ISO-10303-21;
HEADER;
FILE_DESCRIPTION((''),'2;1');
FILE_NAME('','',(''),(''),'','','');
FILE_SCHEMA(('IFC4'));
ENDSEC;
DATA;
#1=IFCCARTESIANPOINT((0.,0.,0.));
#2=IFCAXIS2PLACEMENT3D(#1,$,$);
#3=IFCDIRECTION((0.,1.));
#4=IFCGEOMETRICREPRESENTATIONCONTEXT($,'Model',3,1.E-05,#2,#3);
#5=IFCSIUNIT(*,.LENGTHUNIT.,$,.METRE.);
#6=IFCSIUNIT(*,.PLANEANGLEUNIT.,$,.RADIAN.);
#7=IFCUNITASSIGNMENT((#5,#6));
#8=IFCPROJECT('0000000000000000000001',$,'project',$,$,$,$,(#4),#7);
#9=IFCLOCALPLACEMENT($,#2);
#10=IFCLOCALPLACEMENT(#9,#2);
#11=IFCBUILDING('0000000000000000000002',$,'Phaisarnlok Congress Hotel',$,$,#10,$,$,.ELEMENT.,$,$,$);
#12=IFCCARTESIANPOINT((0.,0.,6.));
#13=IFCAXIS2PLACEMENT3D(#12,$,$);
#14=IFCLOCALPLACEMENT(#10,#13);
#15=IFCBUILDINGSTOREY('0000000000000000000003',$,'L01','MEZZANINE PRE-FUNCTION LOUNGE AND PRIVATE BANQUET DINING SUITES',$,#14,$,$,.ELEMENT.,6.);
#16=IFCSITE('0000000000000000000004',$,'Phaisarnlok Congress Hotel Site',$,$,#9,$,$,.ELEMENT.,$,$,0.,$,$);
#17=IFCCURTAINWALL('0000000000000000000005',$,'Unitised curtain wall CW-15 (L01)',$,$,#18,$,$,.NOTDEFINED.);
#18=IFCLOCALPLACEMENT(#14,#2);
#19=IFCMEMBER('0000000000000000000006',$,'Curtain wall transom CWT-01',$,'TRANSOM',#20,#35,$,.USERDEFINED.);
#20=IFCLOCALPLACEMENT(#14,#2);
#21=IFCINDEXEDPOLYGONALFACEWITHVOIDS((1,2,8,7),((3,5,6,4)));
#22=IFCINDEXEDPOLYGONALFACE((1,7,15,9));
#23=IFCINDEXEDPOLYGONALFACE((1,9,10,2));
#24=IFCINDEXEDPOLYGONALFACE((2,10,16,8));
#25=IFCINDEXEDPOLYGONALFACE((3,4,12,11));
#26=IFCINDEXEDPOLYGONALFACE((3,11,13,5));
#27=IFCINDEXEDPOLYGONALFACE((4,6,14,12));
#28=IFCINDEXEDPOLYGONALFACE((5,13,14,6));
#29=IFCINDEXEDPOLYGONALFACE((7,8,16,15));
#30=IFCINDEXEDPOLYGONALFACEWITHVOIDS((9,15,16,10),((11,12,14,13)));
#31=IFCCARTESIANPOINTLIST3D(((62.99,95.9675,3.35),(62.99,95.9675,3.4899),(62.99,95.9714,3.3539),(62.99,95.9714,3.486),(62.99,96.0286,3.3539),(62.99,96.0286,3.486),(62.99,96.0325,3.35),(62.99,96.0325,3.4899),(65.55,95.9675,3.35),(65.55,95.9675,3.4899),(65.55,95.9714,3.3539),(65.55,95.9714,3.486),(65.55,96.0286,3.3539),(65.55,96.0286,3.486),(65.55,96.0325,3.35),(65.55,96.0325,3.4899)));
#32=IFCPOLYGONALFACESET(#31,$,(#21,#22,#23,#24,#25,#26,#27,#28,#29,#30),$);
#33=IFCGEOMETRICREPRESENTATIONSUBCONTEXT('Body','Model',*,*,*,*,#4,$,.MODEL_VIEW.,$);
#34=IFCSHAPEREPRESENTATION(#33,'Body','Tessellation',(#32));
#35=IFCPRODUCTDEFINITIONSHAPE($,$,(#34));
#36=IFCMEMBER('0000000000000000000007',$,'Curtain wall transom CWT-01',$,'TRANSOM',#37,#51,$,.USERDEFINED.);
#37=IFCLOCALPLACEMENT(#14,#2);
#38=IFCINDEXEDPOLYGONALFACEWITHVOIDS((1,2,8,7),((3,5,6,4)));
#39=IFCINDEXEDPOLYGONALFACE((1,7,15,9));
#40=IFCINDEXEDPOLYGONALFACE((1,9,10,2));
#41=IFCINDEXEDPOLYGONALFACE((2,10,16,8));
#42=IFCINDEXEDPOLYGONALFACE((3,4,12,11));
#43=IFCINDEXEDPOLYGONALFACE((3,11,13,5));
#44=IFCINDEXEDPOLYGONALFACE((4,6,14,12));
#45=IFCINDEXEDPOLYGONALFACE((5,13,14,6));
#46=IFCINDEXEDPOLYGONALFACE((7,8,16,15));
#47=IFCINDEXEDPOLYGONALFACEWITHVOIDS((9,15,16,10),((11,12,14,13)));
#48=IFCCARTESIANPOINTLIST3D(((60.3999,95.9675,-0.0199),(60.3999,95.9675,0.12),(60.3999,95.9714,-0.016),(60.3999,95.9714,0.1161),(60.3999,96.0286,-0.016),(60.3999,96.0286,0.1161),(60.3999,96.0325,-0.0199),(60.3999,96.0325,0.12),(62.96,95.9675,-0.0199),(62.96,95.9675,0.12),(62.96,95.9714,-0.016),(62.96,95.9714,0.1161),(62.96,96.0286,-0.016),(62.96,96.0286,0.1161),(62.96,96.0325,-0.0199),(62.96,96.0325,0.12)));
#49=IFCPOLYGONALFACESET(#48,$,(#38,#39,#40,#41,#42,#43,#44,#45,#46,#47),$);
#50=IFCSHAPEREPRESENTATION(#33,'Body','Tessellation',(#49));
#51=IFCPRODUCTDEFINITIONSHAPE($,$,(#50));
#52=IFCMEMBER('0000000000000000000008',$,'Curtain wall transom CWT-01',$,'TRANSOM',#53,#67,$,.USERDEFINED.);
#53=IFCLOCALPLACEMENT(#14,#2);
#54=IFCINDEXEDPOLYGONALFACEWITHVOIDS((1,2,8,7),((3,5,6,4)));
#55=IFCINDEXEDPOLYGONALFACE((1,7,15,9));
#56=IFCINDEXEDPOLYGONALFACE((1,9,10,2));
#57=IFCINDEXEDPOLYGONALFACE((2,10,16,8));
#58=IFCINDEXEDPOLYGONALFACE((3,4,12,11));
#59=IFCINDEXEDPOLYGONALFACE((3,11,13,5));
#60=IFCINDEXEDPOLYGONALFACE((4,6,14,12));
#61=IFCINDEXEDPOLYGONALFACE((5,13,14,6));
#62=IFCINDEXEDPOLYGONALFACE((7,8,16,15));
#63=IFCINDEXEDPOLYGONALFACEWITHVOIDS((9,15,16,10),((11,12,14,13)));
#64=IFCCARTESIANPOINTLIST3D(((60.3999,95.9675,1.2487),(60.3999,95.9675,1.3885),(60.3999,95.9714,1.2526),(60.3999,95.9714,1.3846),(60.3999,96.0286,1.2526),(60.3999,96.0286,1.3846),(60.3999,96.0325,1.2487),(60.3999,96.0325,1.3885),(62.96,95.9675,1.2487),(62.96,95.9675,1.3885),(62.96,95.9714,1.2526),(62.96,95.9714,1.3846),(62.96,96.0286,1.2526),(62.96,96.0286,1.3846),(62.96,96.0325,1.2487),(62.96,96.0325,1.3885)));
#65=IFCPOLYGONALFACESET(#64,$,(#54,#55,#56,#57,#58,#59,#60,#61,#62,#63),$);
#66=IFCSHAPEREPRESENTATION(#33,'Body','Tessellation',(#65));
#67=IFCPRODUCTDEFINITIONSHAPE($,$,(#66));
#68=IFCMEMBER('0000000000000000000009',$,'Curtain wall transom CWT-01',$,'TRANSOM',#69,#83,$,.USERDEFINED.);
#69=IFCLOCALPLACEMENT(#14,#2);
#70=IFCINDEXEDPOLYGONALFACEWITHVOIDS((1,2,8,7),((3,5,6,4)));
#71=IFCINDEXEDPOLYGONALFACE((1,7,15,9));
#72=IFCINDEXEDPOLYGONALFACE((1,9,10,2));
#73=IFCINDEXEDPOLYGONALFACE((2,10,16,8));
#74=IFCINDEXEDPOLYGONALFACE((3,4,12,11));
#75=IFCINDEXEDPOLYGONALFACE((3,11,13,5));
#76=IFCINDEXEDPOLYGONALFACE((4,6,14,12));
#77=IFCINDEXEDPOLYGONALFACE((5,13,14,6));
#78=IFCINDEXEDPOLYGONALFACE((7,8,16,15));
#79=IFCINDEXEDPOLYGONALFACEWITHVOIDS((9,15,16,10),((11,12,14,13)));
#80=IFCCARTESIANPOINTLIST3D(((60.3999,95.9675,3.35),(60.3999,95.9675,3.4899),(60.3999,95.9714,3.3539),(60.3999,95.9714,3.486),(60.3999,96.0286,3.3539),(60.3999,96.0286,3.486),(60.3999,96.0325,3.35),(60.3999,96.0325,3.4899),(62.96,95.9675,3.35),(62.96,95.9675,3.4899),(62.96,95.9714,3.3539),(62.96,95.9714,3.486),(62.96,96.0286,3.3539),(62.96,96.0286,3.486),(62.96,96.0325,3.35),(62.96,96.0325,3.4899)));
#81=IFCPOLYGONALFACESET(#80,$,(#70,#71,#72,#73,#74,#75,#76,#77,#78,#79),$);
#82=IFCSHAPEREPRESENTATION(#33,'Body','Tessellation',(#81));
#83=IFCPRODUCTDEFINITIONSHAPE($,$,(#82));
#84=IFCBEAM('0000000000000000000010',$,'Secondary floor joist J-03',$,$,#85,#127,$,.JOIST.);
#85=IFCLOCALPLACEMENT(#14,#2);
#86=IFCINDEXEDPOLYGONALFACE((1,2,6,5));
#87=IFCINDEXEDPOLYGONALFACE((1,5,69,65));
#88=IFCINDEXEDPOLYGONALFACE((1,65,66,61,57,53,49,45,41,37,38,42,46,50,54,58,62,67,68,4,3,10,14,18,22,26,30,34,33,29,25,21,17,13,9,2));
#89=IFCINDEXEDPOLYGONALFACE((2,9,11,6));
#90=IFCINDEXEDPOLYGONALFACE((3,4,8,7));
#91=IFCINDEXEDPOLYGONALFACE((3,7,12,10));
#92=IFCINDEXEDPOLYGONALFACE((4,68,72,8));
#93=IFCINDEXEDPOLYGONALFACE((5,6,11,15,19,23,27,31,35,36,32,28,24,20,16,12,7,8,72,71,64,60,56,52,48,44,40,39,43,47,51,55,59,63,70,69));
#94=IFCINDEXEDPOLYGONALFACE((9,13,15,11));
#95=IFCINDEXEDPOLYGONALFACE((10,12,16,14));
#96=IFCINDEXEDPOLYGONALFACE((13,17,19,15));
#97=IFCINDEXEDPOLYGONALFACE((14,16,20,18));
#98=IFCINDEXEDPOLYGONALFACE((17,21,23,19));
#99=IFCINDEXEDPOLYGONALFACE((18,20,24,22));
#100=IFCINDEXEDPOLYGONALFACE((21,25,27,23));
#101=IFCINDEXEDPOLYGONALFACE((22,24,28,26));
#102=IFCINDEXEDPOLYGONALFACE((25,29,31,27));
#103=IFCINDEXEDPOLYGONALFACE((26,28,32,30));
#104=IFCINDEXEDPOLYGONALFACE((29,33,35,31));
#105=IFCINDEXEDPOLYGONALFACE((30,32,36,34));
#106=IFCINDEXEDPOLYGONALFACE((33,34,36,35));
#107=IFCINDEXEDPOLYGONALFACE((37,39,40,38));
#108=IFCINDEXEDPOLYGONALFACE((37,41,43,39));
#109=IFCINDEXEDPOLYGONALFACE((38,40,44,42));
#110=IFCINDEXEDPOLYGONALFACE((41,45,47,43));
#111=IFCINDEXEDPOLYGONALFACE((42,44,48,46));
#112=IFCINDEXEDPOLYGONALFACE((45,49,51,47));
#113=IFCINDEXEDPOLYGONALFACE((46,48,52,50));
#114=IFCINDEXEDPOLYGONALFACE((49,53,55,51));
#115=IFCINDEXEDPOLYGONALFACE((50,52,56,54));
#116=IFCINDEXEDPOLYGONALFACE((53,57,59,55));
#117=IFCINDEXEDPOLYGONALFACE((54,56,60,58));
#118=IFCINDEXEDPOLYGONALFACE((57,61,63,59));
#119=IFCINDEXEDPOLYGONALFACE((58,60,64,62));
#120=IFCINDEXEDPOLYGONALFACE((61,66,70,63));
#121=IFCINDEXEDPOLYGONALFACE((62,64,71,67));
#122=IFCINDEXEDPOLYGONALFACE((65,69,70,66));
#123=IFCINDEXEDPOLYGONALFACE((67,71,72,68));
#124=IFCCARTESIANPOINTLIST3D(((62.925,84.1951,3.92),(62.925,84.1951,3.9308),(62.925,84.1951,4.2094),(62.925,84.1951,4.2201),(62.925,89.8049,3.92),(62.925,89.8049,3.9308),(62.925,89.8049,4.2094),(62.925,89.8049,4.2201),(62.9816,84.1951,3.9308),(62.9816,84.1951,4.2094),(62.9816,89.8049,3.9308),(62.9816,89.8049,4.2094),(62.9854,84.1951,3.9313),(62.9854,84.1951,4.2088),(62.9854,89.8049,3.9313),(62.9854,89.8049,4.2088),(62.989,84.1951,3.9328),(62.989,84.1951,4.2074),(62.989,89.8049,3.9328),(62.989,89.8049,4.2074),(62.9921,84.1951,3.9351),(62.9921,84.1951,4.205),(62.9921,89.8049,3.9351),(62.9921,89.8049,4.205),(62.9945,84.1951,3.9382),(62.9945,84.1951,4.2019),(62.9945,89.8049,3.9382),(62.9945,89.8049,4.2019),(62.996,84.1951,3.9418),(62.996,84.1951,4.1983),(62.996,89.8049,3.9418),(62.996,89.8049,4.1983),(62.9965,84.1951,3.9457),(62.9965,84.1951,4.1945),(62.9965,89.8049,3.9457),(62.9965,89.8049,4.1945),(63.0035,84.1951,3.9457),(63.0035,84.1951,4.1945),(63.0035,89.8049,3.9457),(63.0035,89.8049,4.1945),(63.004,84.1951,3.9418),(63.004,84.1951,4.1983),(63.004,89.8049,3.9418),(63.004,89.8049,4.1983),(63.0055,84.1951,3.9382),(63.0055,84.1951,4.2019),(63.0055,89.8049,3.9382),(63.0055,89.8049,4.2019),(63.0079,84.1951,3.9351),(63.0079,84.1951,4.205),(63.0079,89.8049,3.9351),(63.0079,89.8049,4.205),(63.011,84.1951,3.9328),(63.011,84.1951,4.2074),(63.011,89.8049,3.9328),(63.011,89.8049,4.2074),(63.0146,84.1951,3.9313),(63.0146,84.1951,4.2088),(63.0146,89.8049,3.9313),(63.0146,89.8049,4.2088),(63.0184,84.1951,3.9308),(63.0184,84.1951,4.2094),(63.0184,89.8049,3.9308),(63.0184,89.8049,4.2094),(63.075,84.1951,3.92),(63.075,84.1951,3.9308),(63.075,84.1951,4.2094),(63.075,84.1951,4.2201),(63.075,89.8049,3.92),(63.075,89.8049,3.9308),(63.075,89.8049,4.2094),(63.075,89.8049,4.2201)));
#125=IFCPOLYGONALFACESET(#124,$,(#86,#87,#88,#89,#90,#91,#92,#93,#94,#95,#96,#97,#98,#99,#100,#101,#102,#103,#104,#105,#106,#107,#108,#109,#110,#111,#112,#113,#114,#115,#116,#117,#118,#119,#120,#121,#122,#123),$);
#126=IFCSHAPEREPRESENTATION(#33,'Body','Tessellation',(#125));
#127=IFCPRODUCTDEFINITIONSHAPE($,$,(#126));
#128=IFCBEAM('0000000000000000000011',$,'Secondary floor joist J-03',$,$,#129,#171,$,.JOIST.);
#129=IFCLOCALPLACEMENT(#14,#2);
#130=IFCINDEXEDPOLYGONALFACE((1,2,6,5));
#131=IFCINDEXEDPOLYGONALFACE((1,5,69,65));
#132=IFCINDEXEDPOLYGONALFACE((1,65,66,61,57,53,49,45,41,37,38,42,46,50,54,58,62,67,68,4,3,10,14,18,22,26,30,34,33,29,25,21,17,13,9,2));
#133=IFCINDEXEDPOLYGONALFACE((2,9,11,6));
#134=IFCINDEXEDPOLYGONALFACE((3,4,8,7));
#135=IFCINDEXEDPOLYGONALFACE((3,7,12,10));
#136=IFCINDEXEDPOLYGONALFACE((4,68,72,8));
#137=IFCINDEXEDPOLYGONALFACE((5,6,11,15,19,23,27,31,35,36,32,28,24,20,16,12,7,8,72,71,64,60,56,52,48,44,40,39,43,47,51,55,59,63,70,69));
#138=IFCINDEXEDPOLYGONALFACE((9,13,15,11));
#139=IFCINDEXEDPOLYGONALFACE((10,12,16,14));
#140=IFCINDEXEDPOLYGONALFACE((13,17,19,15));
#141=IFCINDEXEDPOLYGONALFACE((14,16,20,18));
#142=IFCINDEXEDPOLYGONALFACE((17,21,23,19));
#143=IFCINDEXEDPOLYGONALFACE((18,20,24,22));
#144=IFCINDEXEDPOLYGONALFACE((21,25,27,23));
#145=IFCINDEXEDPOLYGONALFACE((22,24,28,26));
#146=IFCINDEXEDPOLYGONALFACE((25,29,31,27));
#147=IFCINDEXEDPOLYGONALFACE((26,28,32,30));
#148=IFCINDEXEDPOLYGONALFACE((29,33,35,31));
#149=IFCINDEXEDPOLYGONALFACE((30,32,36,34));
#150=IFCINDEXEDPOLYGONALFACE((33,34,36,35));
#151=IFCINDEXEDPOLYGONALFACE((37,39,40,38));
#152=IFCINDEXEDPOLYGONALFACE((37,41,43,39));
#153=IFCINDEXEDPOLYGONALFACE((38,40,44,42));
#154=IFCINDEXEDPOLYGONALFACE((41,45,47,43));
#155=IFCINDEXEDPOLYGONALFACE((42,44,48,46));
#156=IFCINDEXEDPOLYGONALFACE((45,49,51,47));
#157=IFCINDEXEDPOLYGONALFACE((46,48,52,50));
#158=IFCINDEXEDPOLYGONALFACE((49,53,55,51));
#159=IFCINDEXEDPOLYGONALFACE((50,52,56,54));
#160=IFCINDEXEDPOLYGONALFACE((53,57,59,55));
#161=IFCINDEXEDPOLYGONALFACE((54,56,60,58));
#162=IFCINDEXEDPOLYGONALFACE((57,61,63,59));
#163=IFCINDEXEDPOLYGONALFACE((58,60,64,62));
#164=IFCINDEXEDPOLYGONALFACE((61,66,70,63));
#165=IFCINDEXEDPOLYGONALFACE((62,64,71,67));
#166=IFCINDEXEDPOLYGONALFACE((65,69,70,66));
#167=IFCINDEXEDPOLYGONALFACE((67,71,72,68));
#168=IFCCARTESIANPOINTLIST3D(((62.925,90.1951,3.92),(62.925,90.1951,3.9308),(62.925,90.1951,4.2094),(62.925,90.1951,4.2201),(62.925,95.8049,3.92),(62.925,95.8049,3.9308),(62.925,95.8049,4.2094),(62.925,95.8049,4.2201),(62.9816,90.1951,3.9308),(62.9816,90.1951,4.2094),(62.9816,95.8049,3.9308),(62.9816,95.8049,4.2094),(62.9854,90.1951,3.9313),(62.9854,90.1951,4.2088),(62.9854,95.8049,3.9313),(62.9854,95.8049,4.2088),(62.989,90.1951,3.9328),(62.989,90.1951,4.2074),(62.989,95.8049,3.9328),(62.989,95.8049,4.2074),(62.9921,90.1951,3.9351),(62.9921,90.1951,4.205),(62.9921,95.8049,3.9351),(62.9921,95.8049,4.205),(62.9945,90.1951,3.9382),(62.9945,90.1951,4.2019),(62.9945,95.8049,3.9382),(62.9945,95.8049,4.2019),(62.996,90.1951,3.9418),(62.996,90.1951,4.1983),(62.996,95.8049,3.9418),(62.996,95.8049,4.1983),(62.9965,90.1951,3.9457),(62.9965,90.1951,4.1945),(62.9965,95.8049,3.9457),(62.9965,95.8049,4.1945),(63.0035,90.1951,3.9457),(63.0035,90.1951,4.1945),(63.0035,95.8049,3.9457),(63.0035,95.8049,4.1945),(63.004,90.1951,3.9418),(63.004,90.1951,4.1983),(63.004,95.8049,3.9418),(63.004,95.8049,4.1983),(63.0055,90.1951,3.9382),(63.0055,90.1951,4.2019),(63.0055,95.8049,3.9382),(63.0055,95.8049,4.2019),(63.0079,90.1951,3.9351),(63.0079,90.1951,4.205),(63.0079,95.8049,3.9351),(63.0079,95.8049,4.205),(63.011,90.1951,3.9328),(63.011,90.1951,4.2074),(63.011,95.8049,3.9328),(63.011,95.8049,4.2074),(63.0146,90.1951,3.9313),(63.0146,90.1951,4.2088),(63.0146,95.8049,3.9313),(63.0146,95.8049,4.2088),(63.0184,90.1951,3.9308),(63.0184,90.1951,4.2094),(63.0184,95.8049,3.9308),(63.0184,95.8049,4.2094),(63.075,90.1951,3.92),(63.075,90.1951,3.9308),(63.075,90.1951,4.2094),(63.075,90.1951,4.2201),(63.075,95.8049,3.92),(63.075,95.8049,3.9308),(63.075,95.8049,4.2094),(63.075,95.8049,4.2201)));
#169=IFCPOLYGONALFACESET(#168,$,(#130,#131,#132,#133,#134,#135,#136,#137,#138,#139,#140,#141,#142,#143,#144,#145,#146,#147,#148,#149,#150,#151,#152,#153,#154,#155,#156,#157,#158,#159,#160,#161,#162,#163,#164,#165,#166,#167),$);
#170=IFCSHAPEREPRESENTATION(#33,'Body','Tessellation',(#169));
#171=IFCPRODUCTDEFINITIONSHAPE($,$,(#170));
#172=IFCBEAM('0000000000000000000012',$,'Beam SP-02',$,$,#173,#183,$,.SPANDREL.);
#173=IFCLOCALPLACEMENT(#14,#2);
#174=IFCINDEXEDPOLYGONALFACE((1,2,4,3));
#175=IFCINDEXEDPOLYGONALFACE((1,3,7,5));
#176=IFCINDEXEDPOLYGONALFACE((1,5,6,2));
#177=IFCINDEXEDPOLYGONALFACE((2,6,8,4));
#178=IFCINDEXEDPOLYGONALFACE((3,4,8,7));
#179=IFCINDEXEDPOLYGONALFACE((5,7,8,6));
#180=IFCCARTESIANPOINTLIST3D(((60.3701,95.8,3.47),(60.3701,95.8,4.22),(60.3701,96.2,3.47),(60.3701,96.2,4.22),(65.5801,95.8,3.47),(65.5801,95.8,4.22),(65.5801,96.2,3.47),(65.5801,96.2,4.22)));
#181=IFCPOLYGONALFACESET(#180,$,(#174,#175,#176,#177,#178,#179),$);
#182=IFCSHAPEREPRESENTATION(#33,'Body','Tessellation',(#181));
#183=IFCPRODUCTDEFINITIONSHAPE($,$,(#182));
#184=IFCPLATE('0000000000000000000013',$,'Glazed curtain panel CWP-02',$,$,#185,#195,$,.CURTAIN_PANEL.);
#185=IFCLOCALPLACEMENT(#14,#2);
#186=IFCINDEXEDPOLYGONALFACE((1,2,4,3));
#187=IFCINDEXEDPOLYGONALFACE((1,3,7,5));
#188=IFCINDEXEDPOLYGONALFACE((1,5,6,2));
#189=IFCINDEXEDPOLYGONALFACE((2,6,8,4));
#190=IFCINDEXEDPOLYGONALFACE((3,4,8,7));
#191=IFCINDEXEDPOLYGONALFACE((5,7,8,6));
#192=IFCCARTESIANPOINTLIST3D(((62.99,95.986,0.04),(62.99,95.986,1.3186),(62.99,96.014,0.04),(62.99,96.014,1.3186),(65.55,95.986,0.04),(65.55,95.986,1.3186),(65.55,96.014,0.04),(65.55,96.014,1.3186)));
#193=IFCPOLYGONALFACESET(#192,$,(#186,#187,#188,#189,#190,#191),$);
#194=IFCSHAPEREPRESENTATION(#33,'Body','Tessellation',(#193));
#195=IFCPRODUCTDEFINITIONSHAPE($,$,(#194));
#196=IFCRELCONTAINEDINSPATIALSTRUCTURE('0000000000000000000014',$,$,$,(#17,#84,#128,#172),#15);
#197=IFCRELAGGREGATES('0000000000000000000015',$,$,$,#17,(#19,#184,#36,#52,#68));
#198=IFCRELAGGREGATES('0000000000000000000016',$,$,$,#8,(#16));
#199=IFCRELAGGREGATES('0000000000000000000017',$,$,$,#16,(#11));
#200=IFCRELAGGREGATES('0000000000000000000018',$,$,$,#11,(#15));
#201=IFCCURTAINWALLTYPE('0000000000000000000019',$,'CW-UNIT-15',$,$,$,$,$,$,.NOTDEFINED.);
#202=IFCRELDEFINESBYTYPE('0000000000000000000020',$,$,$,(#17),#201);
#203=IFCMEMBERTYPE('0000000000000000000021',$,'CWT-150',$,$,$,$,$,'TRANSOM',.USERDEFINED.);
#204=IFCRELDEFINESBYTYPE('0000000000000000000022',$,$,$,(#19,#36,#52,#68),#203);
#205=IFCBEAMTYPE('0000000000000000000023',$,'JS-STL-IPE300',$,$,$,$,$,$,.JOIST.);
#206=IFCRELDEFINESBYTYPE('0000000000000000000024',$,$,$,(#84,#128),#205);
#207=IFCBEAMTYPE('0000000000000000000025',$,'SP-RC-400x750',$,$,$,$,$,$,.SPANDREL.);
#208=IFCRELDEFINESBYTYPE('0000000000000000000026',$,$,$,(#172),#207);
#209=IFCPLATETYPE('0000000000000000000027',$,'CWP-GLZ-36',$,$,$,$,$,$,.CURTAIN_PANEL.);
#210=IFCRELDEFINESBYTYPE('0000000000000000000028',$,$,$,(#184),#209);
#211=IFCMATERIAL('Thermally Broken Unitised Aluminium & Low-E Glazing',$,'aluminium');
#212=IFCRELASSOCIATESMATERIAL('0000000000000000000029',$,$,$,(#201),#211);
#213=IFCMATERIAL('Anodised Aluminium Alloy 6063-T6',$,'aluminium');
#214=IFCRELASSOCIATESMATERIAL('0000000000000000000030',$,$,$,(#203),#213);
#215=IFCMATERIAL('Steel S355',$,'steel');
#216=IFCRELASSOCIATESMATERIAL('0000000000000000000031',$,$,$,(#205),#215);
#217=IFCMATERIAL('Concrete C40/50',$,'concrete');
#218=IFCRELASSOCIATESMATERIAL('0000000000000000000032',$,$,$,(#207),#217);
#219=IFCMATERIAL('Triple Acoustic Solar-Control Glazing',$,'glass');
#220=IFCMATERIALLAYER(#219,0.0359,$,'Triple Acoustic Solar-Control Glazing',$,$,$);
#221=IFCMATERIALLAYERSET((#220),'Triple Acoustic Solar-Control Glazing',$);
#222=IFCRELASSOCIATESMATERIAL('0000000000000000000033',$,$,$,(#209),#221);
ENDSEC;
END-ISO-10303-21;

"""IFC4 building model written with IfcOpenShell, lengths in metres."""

from ifc_helpers import new_model, si_unit, direction, frame, frame_2d, origin, origin_2d, place, context, subcontext, project, spatial, rectangle, hollow_rectangle, i_section, extrude, material, layer, layer_set, material_profile, profile_set, type_object, element, aggregate, save


model = new_model("IFC4")

# Units and contexts
model_context = context("Model", 3, precision=1e-05, world=origin(), true_north=direction((0.0, 1.0)))
body_context = subcontext(model_context, "Body", "Model", "MODEL_VIEW")
ifc_project = project(units=[si_unit("LENGTHUNIT", "METRE"), si_unit("PLANEANGLEUNIT", "RADIAN")], contexts=[model_context])

# Site, building, storey
site_placement = place(None, origin())
site = spatial("IfcSite", under=ifc_project, at=site_placement, Name="Phaisarnlok Congress Hotel Site", CompositionType="ELEMENT", RefElevation=0.0)
building_placement = place(site_placement, origin())
building = spatial("IfcBuilding", under=site, at=building_placement, Name="Phaisarnlok Congress Hotel", CompositionType="ELEMENT")
storey_placement = place(building_placement, frame((0.0, 0.0, 6.0)))
storey = spatial("IfcBuildingStorey", under=building, at=storey_placement, Name="L01", Description="MEZZANINE PRE-FUNCTION LOUNGE AND PRIVATE BANQUET DINING SUITES", CompositionType="ELEMENT", Elevation=6.0)

# Shared definitions
ifc_material_1 = material(Name="Concrete C40/50", Category="concrete")

# Curtain wall, members
ifc_material_2 = material(Name="Thermally Broken Unitised Aluminium & Low-E Glazing", Category="aluminium")
curtain_wall_type = type_object("IfcCurtainWallType", Name="CW-UNIT-15", PredefinedType="NOTDEFINED", material=ifc_material_2)
curtain_wall_placement = place(storey_placement, origin())
curtain_wall = element("IfcCurtainWall", 1, at=curtain_wall_placement, inside=storey, type_object=curtain_wall_type, Name="Unitised curtain wall CW-15 (L01)", PredefinedType="NOTDEFINED")
ifc_material_3 = material(Name="Anodised Aluminium Alloy 6063-T6", Category="aluminium")
ifc_material_profile_1 = material_profile(ifc_material_3, hollow_rectangle(XDim=0.0649, YDim=0.1399, WallThickness=0.0039, at=origin_2d()), Name="ALU-T 65x140x4")
ifc_profile_set_1 = profile_set([ifc_material_profile_1], Name="Anodised Aluminium Alloy 6063-T6")
member_type_1 = type_object("IfcMemberType", Name="CWT-150", ElementType="TRANSOM", PredefinedType="USERDEFINED", material=ifc_profile_set_1)
member_1_placement = place(storey_placement, frame((65.55, 96.0, 3.4199), z_axis=(-1.0, 0.0, 0.0), x_axis=(0.0, -1.0, 0.0)))
member_1 = element("IfcMember", 2, at=member_1_placement, type_object=member_type_1, Name="Curtain wall transom CWT-01", ObjectType="TRANSOM", PredefinedType="USERDEFINED", context=body_context, shape_type="SweptSolid", body=[
    extrude(hollow_rectangle(XDim=0.0649, YDim=0.1399, WallThickness=0.0039, at=origin_2d()), origin(), (0.0, 0.0, 1.0), 2.5601),
])
member_2_placement = place(storey_placement, frame((62.96, 96.0, 0.05), z_axis=(-1.0, 0.0, 0.0), x_axis=(0.0, -1.0, 0.0)))
member_2 = element("IfcMember", 3, at=member_2_placement, type_object=member_type_1, Name="Curtain wall transom CWT-01", ObjectType="TRANSOM", PredefinedType="USERDEFINED", context=body_context, shape_type="SweptSolid", body=[
    extrude(hollow_rectangle(XDim=0.0649, YDim=0.1399, WallThickness=0.0039, at=origin_2d()), origin(), (0.0, 0.0, 1.0), 2.5601),
])
member_3_placement = place(storey_placement, frame((62.96, 96.0, 1.3186), z_axis=(-1.0, 0.0, 0.0), x_axis=(0.0, -1.0, 0.0)))
member_3 = element("IfcMember", 4, at=member_3_placement, type_object=member_type_1, Name="Curtain wall transom CWT-01", ObjectType="TRANSOM", PredefinedType="USERDEFINED", context=body_context, shape_type="SweptSolid", body=[
    extrude(hollow_rectangle(XDim=0.0649, YDim=0.1399, WallThickness=0.0039, at=origin_2d()), origin(), (0.0, 0.0, 1.0), 2.5601),
])
member_4_placement = place(storey_placement, frame((62.96, 96.0, 3.4199), z_axis=(-1.0, 0.0, 0.0), x_axis=(0.0, -1.0, 0.0)))
member_4 = element("IfcMember", 5, at=member_4_placement, type_object=member_type_1, Name="Curtain wall transom CWT-01", ObjectType="TRANSOM", PredefinedType="USERDEFINED", context=body_context, shape_type="SweptSolid", body=[
    extrude(hollow_rectangle(XDim=0.0649, YDim=0.1399, WallThickness=0.0039, at=origin_2d()), origin(), (0.0, 0.0, 1.0), 2.5601),
])

# Beams
ifc_material_4 = material(Name="Steel S355", Category="steel")
ifc_material_profile_2 = material_profile(ifc_material_4, i_section(OverallWidth=0.1499, OverallDepth=0.3, WebThickness=0.0071, FlangeThickness=0.0107, FilletRadius=0.0149, at=origin_2d()), Name="IPE 300")
ifc_profile_set_2 = profile_set([ifc_material_profile_2], Name="Steel S355")
beam_type_1 = type_object("IfcBeamType", Name="JS-STL-IPE300", PredefinedType="JOIST", material=ifc_profile_set_2)
for number, where, z_axis, x_axis, name in (
    (6, (63.0, 84.1951, 4.0701), (0.0, 1.0, 0.0), (-1.0, 0.0, 0.0), "Secondary floor joist J-03"),
    (7, (63.0, 90.1951, 4.0701), (0.0, 1.0, 0.0), (-1.0, 0.0, 0.0), "Secondary floor joist J-03"),
):
    element("IfcBeam", number, at=place(storey_placement, frame(where, z_axis=z_axis, x_axis=x_axis)), inside=storey, type_object=beam_type_1, Name=name, PredefinedType="JOIST", context=body_context, shape_type="SweptSolid", body=[
        extrude(i_section(OverallWidth=0.1499, OverallDepth=0.3, WebThickness=0.0071, FlangeThickness=0.0107, FilletRadius=0.0149, at=origin_2d()), origin(), (0.0, 0.0, 1.0), 5.6099),
    ])
ifc_material_profile_3 = material_profile(ifc_material_1, rectangle(XDim=0.3999, YDim=0.75, at=origin_2d()), Name="RC 400x750")
ifc_profile_set_3 = profile_set([ifc_material_profile_3], Name="Concrete C40/50")
beam_type_2 = type_object("IfcBeamType", Name="SP-RC-400x750", PredefinedType="SPANDREL", material=ifc_profile_set_3)
beam_1_placement = place(storey_placement, frame((60.3701, 96.0, 3.845), z_axis=(1.0, 0.0, 0.0), x_axis=(0.0, 1.0, 0.0)))
element("IfcBeam", 8, at=beam_1_placement, inside=storey, type_object=beam_type_2, Name="Beam SP-02", PredefinedType="SPANDREL", context=body_context, shape_type="SweptSolid", body=[
    extrude(rectangle(XDim=0.3999, YDim=0.75, at=origin_2d()), origin(), (0.0, 0.0, 1.0), 5.21),
])

# Plate
ifc_material_5 = material(Name="Triple Acoustic Solar-Control Glazing", Category="glass")
ifc_layer_1 = layer(ifc_material_5, 0.0359, Name="Triple Acoustic Solar-Control Glazing")
ifc_layer_set_1 = layer_set([ifc_layer_1], Name="Triple Acoustic Solar-Control Glazing")
plate_type = type_object("IfcPlateType", Name="CWP-GLZ-36", PredefinedType="CURTAIN_PANEL", material=ifc_layer_set_1)
plate_1_placement = place(storey_placement, frame((65.55, 96.0, 0.04), z_axis=(0.0, 0.0, 1.0), x_axis=(-1.0, 0.0, 0.0)))
plate_1 = element("IfcPlate", 9, at=plate_1_placement, type_object=plate_type, Name="Glazed curtain panel CWP-02", PredefinedType="CURTAIN_PANEL", context=body_context, shape_type="SweptSolid", body=[
    extrude(rectangle(XDim=2.5601, YDim=0.0281, at=frame_2d((1.28, 0.0))), origin(), (0.0, 0.0, 1.0), 1.2786),
])
aggregate(curtain_wall, [member_1, plate_1, member_2, member_3, member_4])

save(model, "model.ifc")
